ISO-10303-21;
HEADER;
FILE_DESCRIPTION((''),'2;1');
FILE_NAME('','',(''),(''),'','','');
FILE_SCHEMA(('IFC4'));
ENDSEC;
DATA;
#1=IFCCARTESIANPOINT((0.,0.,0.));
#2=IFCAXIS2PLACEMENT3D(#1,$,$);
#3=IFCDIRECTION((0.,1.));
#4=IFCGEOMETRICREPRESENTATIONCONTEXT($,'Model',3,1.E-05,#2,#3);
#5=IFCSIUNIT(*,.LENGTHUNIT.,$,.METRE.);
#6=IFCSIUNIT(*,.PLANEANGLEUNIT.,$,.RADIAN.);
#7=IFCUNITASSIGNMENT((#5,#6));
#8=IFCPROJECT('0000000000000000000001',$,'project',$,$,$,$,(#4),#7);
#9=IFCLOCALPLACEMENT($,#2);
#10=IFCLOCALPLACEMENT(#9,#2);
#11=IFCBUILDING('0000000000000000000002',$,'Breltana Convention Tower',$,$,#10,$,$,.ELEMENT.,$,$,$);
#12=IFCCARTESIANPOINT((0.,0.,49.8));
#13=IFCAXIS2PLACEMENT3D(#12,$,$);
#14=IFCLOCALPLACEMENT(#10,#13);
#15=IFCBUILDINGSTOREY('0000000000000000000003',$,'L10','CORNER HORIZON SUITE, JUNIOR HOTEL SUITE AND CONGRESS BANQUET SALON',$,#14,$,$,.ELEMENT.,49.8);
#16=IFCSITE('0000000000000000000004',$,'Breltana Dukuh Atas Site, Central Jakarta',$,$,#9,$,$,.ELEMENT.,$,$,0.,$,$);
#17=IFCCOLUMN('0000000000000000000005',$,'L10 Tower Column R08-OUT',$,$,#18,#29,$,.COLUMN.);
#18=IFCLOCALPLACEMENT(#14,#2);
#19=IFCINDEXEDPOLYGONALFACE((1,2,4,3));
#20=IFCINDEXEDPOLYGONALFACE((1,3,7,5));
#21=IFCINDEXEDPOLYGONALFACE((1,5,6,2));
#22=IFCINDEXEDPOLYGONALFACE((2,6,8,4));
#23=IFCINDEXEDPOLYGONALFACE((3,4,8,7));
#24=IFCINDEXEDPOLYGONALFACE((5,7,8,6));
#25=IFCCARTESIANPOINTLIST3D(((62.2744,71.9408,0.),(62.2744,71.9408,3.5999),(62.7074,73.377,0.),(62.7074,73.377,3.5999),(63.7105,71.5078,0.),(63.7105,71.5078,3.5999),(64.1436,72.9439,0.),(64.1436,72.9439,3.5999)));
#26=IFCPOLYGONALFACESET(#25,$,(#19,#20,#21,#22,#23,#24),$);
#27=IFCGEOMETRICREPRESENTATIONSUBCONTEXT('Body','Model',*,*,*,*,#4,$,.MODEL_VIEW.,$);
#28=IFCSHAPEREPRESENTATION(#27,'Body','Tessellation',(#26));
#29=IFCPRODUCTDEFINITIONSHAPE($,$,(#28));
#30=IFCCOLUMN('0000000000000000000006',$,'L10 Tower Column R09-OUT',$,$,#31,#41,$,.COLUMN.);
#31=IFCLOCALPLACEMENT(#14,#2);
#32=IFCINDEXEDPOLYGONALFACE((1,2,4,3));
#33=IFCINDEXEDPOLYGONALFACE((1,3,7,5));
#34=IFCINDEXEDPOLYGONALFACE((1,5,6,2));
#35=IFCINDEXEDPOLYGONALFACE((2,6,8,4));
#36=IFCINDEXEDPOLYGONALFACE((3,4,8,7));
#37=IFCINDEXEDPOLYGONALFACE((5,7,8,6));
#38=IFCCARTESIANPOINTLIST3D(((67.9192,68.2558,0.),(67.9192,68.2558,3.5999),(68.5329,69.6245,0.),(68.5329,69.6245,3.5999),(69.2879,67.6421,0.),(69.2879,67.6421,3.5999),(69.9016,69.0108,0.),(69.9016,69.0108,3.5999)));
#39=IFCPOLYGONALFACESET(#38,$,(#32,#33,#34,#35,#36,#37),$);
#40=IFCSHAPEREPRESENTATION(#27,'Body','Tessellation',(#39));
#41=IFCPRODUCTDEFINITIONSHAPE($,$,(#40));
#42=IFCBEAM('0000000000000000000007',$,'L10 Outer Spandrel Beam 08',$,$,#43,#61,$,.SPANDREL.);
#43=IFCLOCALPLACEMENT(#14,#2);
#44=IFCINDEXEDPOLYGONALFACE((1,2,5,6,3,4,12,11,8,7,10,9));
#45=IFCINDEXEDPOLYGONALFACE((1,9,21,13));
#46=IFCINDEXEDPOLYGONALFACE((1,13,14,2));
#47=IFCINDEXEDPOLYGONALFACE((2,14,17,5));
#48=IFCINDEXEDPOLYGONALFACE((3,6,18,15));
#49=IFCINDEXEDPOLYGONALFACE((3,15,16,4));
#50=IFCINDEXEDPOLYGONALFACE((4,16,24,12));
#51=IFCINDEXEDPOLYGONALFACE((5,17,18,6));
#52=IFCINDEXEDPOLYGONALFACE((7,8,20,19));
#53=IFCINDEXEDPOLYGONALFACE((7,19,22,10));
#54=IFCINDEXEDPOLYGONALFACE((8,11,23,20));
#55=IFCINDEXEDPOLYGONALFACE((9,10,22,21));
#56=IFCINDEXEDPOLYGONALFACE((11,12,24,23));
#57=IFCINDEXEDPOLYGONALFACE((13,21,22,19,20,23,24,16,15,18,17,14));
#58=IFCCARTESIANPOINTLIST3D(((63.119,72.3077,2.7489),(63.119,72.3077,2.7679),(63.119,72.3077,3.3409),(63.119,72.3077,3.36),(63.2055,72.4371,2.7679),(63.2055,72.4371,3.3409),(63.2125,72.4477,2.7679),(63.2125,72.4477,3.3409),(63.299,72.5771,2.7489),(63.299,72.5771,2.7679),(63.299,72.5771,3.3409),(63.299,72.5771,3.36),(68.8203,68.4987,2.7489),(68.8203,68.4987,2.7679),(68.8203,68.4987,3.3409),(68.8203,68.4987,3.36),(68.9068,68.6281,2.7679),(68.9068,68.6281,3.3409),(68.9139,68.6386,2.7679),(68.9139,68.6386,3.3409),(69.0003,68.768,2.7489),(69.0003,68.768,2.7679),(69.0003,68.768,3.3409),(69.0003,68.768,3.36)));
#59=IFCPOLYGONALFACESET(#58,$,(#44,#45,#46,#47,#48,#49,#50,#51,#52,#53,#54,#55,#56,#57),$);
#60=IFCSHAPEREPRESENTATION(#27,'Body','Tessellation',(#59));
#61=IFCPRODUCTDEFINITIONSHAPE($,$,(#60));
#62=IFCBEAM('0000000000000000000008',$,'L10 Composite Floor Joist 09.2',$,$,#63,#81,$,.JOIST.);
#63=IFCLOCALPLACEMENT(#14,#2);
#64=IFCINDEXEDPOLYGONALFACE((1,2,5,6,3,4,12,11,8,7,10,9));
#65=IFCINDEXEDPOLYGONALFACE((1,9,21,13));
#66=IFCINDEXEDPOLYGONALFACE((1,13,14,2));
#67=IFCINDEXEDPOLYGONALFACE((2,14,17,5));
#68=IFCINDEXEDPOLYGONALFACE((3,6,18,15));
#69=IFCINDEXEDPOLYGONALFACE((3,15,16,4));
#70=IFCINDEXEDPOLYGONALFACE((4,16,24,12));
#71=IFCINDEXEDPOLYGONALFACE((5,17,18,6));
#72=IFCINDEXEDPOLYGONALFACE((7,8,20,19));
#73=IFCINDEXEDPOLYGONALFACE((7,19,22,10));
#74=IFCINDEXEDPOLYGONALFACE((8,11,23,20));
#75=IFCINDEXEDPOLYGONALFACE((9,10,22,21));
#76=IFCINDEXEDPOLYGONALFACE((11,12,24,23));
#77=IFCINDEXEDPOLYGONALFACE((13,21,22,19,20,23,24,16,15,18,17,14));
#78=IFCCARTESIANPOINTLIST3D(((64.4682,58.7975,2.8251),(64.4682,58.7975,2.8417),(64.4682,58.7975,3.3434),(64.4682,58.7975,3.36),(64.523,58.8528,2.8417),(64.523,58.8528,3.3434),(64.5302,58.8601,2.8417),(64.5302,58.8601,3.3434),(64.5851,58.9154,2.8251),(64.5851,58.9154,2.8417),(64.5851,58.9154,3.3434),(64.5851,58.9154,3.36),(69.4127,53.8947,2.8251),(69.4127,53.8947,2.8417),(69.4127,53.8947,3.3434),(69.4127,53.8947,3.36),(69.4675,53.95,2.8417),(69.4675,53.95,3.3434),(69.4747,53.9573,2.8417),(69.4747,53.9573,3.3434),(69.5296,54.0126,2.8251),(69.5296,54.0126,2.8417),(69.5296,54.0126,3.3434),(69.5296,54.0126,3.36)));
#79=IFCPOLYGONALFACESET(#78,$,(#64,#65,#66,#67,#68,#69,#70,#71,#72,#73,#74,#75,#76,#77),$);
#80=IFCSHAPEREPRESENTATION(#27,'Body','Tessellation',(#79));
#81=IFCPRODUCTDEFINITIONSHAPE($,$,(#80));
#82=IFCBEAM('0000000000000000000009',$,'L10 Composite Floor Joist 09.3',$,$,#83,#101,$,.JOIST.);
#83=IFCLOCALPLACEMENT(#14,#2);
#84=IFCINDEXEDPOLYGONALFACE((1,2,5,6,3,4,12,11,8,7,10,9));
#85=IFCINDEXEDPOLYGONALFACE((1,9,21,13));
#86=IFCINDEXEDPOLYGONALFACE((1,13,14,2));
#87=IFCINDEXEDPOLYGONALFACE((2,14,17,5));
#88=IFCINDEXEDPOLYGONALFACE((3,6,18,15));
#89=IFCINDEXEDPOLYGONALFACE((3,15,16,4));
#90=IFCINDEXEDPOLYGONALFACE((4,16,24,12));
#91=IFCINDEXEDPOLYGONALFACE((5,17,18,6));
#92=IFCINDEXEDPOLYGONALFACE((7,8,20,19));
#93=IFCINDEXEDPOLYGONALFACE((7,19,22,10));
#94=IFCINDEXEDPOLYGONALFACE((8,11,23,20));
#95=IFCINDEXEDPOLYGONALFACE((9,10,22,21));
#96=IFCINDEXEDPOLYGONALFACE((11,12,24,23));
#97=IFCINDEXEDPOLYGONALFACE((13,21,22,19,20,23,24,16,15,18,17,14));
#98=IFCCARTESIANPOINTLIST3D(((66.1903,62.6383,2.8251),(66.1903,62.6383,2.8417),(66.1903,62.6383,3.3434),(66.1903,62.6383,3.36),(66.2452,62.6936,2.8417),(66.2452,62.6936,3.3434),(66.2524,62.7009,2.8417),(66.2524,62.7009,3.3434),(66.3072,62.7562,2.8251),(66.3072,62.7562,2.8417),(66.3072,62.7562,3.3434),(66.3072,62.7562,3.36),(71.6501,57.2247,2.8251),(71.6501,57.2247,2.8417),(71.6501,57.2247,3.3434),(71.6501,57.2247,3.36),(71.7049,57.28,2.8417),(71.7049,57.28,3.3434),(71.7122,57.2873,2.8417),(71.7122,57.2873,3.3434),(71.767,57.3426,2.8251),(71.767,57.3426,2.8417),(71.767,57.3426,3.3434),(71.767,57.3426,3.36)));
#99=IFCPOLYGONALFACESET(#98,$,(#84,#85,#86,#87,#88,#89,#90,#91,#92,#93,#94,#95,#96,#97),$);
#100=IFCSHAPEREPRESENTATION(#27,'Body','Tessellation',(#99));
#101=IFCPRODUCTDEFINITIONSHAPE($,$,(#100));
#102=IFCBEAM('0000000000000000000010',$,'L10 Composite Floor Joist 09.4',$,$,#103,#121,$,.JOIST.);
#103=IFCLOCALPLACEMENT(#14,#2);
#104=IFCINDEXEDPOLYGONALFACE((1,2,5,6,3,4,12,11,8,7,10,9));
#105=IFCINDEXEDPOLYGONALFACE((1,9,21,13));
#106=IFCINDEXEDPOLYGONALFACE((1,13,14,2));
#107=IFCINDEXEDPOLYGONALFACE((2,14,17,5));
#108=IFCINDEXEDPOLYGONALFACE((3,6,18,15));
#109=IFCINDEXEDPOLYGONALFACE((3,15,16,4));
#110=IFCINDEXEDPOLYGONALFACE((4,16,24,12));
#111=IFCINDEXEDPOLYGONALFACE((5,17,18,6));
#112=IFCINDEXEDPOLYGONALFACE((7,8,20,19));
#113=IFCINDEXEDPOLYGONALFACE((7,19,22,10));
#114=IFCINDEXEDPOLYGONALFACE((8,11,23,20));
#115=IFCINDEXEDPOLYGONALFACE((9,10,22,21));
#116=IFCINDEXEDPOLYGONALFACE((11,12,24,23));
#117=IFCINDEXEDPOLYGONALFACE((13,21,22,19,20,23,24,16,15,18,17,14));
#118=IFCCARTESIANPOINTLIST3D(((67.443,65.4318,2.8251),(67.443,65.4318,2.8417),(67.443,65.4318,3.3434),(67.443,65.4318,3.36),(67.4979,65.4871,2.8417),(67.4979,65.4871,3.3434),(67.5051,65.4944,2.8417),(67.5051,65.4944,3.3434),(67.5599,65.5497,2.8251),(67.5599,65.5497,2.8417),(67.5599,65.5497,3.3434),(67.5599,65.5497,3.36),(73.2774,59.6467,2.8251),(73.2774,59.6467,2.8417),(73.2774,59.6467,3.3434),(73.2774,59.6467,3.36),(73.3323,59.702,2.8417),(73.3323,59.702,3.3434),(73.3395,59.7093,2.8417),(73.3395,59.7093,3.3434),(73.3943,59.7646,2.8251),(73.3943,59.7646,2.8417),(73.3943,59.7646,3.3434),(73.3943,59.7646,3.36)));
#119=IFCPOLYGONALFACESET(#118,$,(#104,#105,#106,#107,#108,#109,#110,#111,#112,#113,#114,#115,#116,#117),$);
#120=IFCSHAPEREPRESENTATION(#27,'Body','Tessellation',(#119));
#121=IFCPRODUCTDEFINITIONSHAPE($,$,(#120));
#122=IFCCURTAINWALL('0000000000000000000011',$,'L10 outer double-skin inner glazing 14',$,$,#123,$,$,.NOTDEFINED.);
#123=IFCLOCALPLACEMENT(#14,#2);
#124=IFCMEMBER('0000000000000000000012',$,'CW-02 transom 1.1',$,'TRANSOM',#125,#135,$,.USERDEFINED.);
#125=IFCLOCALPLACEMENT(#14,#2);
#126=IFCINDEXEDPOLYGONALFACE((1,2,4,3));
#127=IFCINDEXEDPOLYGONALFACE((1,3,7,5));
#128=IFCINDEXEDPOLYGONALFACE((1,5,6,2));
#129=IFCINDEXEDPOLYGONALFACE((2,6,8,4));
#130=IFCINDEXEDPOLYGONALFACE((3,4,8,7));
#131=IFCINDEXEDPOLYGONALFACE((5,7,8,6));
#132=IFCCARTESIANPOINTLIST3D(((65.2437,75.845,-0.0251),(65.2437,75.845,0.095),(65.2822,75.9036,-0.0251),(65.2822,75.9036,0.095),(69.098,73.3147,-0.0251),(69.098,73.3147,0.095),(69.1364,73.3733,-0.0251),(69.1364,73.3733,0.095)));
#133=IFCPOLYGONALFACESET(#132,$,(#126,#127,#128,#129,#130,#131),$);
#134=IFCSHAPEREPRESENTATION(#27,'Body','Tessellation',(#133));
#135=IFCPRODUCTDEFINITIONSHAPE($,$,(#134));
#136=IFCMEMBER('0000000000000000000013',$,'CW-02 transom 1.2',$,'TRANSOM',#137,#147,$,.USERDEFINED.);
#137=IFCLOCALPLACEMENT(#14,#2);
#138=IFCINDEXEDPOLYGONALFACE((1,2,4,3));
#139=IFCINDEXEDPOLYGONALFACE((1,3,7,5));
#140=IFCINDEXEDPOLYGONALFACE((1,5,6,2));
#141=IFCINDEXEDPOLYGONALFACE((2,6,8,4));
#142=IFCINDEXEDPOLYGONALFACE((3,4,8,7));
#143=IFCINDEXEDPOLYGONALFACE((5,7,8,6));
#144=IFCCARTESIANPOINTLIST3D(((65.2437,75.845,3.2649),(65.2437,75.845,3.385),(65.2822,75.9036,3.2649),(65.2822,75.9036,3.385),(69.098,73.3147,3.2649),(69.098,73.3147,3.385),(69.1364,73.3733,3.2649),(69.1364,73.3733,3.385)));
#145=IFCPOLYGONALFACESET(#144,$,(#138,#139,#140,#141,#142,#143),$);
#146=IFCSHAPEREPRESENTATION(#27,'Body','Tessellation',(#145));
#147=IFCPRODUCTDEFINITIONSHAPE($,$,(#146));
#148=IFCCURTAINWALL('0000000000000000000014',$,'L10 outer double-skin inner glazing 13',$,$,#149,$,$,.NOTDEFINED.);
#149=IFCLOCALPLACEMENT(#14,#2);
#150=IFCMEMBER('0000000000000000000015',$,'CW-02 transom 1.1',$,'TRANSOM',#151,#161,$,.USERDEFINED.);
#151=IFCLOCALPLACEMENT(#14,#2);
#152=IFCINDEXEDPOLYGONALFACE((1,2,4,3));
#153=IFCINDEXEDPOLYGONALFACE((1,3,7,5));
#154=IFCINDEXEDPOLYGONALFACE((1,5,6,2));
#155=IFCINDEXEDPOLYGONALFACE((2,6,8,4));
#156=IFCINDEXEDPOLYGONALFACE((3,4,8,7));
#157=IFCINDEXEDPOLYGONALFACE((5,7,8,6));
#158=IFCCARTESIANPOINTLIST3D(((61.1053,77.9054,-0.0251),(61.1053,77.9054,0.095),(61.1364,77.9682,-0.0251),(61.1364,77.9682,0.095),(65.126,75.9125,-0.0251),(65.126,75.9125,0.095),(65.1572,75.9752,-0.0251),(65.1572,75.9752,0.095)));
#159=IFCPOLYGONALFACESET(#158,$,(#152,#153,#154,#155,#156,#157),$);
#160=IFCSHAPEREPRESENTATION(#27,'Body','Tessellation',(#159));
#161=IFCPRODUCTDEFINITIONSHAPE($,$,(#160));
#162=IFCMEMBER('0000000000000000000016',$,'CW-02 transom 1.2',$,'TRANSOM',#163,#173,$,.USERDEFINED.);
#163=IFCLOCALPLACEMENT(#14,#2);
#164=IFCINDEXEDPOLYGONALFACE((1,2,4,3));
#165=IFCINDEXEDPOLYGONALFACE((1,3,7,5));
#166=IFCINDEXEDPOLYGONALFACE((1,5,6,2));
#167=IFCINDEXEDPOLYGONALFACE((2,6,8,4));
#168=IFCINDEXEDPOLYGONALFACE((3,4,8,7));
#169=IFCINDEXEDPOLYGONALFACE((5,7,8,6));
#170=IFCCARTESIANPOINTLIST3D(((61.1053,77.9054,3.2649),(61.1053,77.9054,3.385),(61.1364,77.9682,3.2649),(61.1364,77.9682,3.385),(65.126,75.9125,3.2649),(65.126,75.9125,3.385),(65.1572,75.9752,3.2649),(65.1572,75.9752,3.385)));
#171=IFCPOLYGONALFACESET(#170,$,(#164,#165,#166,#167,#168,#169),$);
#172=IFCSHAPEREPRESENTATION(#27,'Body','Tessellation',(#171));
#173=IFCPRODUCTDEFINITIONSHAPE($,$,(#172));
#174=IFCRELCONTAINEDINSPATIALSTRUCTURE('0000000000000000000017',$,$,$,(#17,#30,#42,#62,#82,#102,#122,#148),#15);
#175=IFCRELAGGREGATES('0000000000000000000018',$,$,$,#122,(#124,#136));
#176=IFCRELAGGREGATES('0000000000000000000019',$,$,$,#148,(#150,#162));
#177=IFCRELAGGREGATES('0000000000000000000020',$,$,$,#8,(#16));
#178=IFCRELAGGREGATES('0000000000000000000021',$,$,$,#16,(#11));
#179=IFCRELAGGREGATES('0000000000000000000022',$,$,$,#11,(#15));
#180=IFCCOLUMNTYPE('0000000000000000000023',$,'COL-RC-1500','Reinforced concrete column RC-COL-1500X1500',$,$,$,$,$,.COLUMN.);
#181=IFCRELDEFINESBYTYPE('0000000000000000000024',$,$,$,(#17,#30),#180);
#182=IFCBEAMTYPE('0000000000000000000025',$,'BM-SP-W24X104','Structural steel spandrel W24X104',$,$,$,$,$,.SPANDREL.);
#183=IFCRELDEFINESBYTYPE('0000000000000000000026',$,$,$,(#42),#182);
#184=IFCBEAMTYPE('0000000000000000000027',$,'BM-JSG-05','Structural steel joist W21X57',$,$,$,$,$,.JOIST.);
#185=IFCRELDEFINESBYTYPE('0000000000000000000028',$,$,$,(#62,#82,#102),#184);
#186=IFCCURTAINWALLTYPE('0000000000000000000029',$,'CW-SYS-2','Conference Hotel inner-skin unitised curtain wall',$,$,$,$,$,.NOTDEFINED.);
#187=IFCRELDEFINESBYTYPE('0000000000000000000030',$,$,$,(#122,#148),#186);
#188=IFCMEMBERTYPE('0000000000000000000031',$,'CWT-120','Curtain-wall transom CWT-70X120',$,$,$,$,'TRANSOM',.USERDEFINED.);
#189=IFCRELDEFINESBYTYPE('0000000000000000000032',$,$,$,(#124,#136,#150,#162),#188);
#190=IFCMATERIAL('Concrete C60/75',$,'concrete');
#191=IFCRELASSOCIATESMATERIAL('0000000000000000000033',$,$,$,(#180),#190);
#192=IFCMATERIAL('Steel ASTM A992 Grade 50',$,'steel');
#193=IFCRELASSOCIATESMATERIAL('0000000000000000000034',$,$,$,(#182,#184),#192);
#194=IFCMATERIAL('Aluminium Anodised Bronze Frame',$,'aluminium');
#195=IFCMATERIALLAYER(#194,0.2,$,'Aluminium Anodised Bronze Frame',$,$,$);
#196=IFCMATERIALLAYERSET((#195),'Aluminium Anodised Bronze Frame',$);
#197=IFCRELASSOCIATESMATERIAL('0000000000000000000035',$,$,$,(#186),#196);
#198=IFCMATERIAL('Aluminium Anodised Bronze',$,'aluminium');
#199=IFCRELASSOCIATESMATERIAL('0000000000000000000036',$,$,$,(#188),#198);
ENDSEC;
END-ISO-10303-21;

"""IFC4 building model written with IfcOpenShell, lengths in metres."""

from ifc_helpers import new_model, si_unit, direction, frame, origin, origin_2d, place, context, subcontext, project, spatial, rectangle, i_section, extrude, source, transform, mapped, material, layer, layer_set, material_profile, profile_set, type_object, element, aggregate, save


model = new_model("IFC4")

# Units and contexts
model_context = context("Model", 3, precision=1e-05, world=origin(), true_north=direction((0.0, 1.0)))
body_context = subcontext(model_context, "Body", "Model", "MODEL_VIEW")
ifc_project = project(units=[si_unit("LENGTHUNIT", "METRE"), si_unit("PLANEANGLEUNIT", "RADIAN")], contexts=[model_context])

# Site, building, storey
site_placement = place(None, origin())
site = spatial("IfcSite", under=ifc_project, at=site_placement, Name="Breltana Dukuh Atas Site, Central Jakarta", CompositionType="ELEMENT", RefElevation=0.0)
building_placement = place(site_placement, origin())
building = spatial("IfcBuilding", under=site, at=building_placement, Name="Breltana Convention Tower", CompositionType="ELEMENT")
storey_placement = place(building_placement, frame((0.0, 0.0, 49.8)))
storey = spatial("IfcBuildingStorey", under=building, at=storey_placement, Name="L10", Description="CORNER HORIZON SUITE, JUNIOR HOTEL SUITE AND CONGRESS BANQUET SALON", CompositionType="ELEMENT", Elevation=49.8)

# Columns
ifc_material_1 = material(Name="Concrete C60/75", Category="concrete")
ifc_material_profile_1 = material_profile(ifc_material_1, rectangle(XDim=1.5, YDim=1.5, at=origin_2d()), Name="RC-COL-1500X1500")
ifc_profile_set_1 = profile_set([ifc_material_profile_1], Name="Concrete C60/75")
column_type = type_object("IfcColumnType", Name="COL-RC-1500", Description="Reinforced concrete column RC-COL-1500X1500", PredefinedType="COLUMN", material=ifc_profile_set_1)
shared_shape_1 = source(origin(), body_context, "Body", "SweptSolid", [
    extrude(rectangle(XDim=1.5, YDim=1.5, at=origin_2d()), origin(), (0.0, 0.0, 1.0), 3.5999),
])
for number, where, z_axis, x_axis, name in (
    (1, (63.209, 72.4424, 0.0), (0.0, 0.0, 1.0), (0.288698, 0.95742, 0.0), "L10 Tower Column R08-OUT"),
    (2, (68.9104, 68.6333, 0.0), (0.0, 0.0, 1.0), (0.409127, 0.912477, 0.0), "L10 Tower Column R09-OUT"),
):
    element("IfcColumn", number, at=place(storey_placement, frame(where, z_axis=z_axis, x_axis=x_axis)), inside=storey, type_object=column_type, Name=name, PredefinedType="COLUMN", context=body_context, shape_type="MappedRepresentation", body=[
        mapped(shared_shape_1, transform((0.0, 0.0, 0.0), scale=1.0)),
    ])

# Beams
ifc_material_2 = material(Name="Steel ASTM A992 Grade 50", Category="steel")
ifc_material_profile_2 = material_profile(ifc_material_2, i_section(OverallWidth=0.324, OverallDepth=0.6111, WebThickness=0.0127, FlangeThickness=0.019, at=origin_2d()), Name="W24X104")
ifc_profile_set_2 = profile_set([ifc_material_profile_2], Name="Steel ASTM A992 Grade 50")
beam_type_1 = type_object("IfcBeamType", Name="BM-SP-W24X104", Description="Structural steel spandrel W24X104", PredefinedType="SPANDREL", material=ifc_profile_set_2)
shared_shape_2 = source(origin(), body_context, "Body", "SweptSolid", [
    extrude(i_section(OverallWidth=0.324, OverallDepth=0.6111, WebThickness=0.0127, FlangeThickness=0.019, at=origin_2d()), origin(), (0.0, 0.0, 1.0), 6.8567),
])
beam_1_placement = place(storey_placement, frame((63.209, 72.4424, 3.0544), z_axis=(0.831502, -0.555522, 0.0), x_axis=(0.555522, 0.831502, 0.0)))
element("IfcBeam", 3, at=beam_1_placement, inside=storey, type_object=beam_type_1, Name="L10 Outer Spandrel Beam 08", PredefinedType="SPANDREL", context=body_context, shape_type="MappedRepresentation", body=[
    mapped(shared_shape_2, transform((0.0, 0.0, 0.0), scale=1.0)),
])
ifc_material_profile_3 = material_profile(ifc_material_2, i_section(OverallWidth=0.166, OverallDepth=0.5349, WebThickness=0.0103, FlangeThickness=0.0166, at=origin_2d()), Name="W21X57")
ifc_profile_set_3 = profile_set([ifc_material_profile_3], Name="Steel ASTM A992 Grade 50")
beam_type_2 = type_object("IfcBeamType", Name="BM-JSG-05", Description="Structural steel joist W21X57", PredefinedType="JOIST", material=ifc_profile_set_3)
shared_shape_3 = source(origin(), body_context, "Body", "SweptSolid", [
    extrude(i_section(OverallWidth=0.166, OverallDepth=0.5349, WebThickness=0.0103, FlangeThickness=0.0166, at=origin_2d()), origin(), (0.0, 0.0, 1.0), 6.9631),
])
beam_2_placement = place(storey_placement, frame((64.5266, 58.8564, 3.0925), z_axis=(0.710098, -0.704103, 0.0), x_axis=(0.704103, 0.710098, 0.0)))
element("IfcBeam", 4, at=beam_2_placement, inside=storey, type_object=beam_type_2, Name="L10 Composite Floor Joist 09.2", PredefinedType="JOIST", context=body_context, shape_type="MappedRepresentation", body=[
    mapped(shared_shape_3, transform((0.0, 0.0, 0.0), scale=1.0)),
])
shared_shape_4 = source(origin(), body_context, "Body", "SweptSolid", [
    extrude(i_section(OverallWidth=0.166, OverallDepth=0.5349, WebThickness=0.0103, FlangeThickness=0.0166, at=origin_2d()), origin(), (0.0, 0.0, 1.0), 7.6887),
])
beam_3_placement = place(storey_placement, frame((66.2488, 62.6973, 3.0925), z_axis=(0.710101, -0.7041, 0.0), x_axis=(0.7041, 0.710101, 0.0)))
element("IfcBeam", 5, at=beam_3_placement, inside=storey, type_object=beam_type_2, Name="L10 Composite Floor Joist 09.3", PredefinedType="JOIST", context=body_context, shape_type="MappedRepresentation", body=[
    mapped(shared_shape_4, transform((0.0, 0.0, 0.0), scale=1.0)),
])
shared_shape_5 = source(origin(), body_context, "Body", "SweptSolid", [
    extrude(i_section(OverallWidth=0.166, OverallDepth=0.5349, WebThickness=0.0103, FlangeThickness=0.0166, at=origin_2d()), origin(), (0.0, 0.0, 1.0), 8.2163),
])
beam_4_placement = place(storey_placement, frame((67.5015, 65.4907, 3.0925), z_axis=(0.710102, -0.704099, 0.0), x_axis=(0.704099, 0.710102, 0.0)))
element("IfcBeam", 6, at=beam_4_placement, inside=storey, type_object=beam_type_2, Name="L10 Composite Floor Joist 09.4", PredefinedType="JOIST", context=body_context, shape_type="MappedRepresentation", body=[
    mapped(shared_shape_5, transform((0.0, 0.0, 0.0), scale=1.0)),
])

# Curtain walls, members
ifc_material_3 = material(Name="Aluminium Anodised Bronze Frame", Category="aluminium")
ifc_layer_1 = layer(ifc_material_3, 0.2, Name="Aluminium Anodised Bronze Frame")
ifc_layer_set_1 = layer_set([ifc_layer_1], Name="Aluminium Anodised Bronze Frame")
curtain_wall_type = type_object("IfcCurtainWallType", Name="CW-SYS-2", Description="Conference Hotel inner-skin unitised curtain wall", PredefinedType="NOTDEFINED", material=ifc_layer_set_1)
curtain_wall_1_placement = place(storey_placement, origin())
curtain_wall_1 = element("IfcCurtainWall", 7, at=curtain_wall_1_placement, inside=storey, type_object=curtain_wall_type, Name="L10 outer double-skin inner glazing 14", PredefinedType="NOTDEFINED")
ifc_material_4 = material(Name="Aluminium Anodised Bronze", Category="aluminium")
ifc_material_profile_4 = material_profile(ifc_material_4, rectangle(XDim=0.0701, YDim=0.1201, at=origin_2d()), Name="CWT-70X120")
ifc_profile_set_4 = profile_set([ifc_material_profile_4], Name="Aluminium Anodised Bronze")
member_type_1 = type_object("IfcMemberType", Name="CWT-120", Description="Curtain-wall transom CWT-70X120", ElementType="TRANSOM", PredefinedType="USERDEFINED", material=ifc_profile_set_4)
shared_shape_6 = source(origin(), body_context, "Body", "SweptSolid", [
    extrude(rectangle(XDim=0.0701, YDim=0.1201, at=origin_2d()), origin(), (0.0, 0.0, 1.0), 4.6106),
])
member_1_placement = place(storey_placement, frame((65.2629, 75.8743, 0.0349), z_axis=(0.835956, -0.548796, 0.0), x_axis=(0.548796, 0.835956, 0.0)))
member_1 = element("IfcMember", 8, at=member_1_placement, type_object=member_type_1, Name="CW-02 transom 1.1", ObjectType="TRANSOM", PredefinedType="USERDEFINED", context=body_context, shape_type="MappedRepresentation", body=[
    mapped(shared_shape_6, transform((0.0, 0.0, 0.0), scale=1.0)),
])
member_2_placement = place(storey_placement, frame((65.2629, 75.8743, 3.325), z_axis=(0.835956, -0.548796, 0.0), x_axis=(0.548796, 0.835956, 0.0)))
member_2 = element("IfcMember", 9, at=member_2_placement, type_object=member_type_1, Name="CW-02 transom 1.2", ObjectType="TRANSOM", PredefinedType="USERDEFINED", context=body_context, shape_type="MappedRepresentation", body=[
    mapped(shared_shape_6, transform((0.0, 0.0, 0.0), scale=1.0)),
])
curtain_wall_2_placement = place(storey_placement, origin())
curtain_wall_2 = element("IfcCurtainWall", 10, at=curtain_wall_2_placement, inside=storey, type_object=curtain_wall_type, Name="L10 outer double-skin inner glazing 13", PredefinedType="NOTDEFINED")
shared_shape_7 = source(origin(), body_context, "Body", "SweptSolid", [
    extrude(rectangle(XDim=0.0701, YDim=0.1201, at=origin_2d()), origin(), (0.0, 0.0, 1.0), 4.4875),
])
member_3_placement = place(storey_placement, frame((61.1208, 77.9368, 0.0349), z_axis=(0.895978, -0.444099, 0.0), x_axis=(0.444099, 0.895978, 0.0)))
member_3 = element("IfcMember", 11, at=member_3_placement, type_object=member_type_1, Name="CW-02 transom 1.1", ObjectType="TRANSOM", PredefinedType="USERDEFINED", context=body_context, shape_type="MappedRepresentation", body=[
    mapped(shared_shape_7, transform((0.0, 0.0, 0.0), scale=1.0)),
])
member_4_placement = place(storey_placement, frame((61.1208, 77.9368, 3.325), z_axis=(0.895978, -0.444099, 0.0), x_axis=(0.444099, 0.895978, 0.0)))
member_4 = element("IfcMember", 12, at=member_4_placement, type_object=member_type_1, Name="CW-02 transom 1.2", ObjectType="TRANSOM", PredefinedType="USERDEFINED", context=body_context, shape_type="MappedRepresentation", body=[
    mapped(shared_shape_7, transform((0.0, 0.0, 0.0), scale=1.0)),
])

aggregate(curtain_wall_1, [member_1, member_2])
aggregate(curtain_wall_2, [member_3, member_4])

save(model, "model.ifc")
